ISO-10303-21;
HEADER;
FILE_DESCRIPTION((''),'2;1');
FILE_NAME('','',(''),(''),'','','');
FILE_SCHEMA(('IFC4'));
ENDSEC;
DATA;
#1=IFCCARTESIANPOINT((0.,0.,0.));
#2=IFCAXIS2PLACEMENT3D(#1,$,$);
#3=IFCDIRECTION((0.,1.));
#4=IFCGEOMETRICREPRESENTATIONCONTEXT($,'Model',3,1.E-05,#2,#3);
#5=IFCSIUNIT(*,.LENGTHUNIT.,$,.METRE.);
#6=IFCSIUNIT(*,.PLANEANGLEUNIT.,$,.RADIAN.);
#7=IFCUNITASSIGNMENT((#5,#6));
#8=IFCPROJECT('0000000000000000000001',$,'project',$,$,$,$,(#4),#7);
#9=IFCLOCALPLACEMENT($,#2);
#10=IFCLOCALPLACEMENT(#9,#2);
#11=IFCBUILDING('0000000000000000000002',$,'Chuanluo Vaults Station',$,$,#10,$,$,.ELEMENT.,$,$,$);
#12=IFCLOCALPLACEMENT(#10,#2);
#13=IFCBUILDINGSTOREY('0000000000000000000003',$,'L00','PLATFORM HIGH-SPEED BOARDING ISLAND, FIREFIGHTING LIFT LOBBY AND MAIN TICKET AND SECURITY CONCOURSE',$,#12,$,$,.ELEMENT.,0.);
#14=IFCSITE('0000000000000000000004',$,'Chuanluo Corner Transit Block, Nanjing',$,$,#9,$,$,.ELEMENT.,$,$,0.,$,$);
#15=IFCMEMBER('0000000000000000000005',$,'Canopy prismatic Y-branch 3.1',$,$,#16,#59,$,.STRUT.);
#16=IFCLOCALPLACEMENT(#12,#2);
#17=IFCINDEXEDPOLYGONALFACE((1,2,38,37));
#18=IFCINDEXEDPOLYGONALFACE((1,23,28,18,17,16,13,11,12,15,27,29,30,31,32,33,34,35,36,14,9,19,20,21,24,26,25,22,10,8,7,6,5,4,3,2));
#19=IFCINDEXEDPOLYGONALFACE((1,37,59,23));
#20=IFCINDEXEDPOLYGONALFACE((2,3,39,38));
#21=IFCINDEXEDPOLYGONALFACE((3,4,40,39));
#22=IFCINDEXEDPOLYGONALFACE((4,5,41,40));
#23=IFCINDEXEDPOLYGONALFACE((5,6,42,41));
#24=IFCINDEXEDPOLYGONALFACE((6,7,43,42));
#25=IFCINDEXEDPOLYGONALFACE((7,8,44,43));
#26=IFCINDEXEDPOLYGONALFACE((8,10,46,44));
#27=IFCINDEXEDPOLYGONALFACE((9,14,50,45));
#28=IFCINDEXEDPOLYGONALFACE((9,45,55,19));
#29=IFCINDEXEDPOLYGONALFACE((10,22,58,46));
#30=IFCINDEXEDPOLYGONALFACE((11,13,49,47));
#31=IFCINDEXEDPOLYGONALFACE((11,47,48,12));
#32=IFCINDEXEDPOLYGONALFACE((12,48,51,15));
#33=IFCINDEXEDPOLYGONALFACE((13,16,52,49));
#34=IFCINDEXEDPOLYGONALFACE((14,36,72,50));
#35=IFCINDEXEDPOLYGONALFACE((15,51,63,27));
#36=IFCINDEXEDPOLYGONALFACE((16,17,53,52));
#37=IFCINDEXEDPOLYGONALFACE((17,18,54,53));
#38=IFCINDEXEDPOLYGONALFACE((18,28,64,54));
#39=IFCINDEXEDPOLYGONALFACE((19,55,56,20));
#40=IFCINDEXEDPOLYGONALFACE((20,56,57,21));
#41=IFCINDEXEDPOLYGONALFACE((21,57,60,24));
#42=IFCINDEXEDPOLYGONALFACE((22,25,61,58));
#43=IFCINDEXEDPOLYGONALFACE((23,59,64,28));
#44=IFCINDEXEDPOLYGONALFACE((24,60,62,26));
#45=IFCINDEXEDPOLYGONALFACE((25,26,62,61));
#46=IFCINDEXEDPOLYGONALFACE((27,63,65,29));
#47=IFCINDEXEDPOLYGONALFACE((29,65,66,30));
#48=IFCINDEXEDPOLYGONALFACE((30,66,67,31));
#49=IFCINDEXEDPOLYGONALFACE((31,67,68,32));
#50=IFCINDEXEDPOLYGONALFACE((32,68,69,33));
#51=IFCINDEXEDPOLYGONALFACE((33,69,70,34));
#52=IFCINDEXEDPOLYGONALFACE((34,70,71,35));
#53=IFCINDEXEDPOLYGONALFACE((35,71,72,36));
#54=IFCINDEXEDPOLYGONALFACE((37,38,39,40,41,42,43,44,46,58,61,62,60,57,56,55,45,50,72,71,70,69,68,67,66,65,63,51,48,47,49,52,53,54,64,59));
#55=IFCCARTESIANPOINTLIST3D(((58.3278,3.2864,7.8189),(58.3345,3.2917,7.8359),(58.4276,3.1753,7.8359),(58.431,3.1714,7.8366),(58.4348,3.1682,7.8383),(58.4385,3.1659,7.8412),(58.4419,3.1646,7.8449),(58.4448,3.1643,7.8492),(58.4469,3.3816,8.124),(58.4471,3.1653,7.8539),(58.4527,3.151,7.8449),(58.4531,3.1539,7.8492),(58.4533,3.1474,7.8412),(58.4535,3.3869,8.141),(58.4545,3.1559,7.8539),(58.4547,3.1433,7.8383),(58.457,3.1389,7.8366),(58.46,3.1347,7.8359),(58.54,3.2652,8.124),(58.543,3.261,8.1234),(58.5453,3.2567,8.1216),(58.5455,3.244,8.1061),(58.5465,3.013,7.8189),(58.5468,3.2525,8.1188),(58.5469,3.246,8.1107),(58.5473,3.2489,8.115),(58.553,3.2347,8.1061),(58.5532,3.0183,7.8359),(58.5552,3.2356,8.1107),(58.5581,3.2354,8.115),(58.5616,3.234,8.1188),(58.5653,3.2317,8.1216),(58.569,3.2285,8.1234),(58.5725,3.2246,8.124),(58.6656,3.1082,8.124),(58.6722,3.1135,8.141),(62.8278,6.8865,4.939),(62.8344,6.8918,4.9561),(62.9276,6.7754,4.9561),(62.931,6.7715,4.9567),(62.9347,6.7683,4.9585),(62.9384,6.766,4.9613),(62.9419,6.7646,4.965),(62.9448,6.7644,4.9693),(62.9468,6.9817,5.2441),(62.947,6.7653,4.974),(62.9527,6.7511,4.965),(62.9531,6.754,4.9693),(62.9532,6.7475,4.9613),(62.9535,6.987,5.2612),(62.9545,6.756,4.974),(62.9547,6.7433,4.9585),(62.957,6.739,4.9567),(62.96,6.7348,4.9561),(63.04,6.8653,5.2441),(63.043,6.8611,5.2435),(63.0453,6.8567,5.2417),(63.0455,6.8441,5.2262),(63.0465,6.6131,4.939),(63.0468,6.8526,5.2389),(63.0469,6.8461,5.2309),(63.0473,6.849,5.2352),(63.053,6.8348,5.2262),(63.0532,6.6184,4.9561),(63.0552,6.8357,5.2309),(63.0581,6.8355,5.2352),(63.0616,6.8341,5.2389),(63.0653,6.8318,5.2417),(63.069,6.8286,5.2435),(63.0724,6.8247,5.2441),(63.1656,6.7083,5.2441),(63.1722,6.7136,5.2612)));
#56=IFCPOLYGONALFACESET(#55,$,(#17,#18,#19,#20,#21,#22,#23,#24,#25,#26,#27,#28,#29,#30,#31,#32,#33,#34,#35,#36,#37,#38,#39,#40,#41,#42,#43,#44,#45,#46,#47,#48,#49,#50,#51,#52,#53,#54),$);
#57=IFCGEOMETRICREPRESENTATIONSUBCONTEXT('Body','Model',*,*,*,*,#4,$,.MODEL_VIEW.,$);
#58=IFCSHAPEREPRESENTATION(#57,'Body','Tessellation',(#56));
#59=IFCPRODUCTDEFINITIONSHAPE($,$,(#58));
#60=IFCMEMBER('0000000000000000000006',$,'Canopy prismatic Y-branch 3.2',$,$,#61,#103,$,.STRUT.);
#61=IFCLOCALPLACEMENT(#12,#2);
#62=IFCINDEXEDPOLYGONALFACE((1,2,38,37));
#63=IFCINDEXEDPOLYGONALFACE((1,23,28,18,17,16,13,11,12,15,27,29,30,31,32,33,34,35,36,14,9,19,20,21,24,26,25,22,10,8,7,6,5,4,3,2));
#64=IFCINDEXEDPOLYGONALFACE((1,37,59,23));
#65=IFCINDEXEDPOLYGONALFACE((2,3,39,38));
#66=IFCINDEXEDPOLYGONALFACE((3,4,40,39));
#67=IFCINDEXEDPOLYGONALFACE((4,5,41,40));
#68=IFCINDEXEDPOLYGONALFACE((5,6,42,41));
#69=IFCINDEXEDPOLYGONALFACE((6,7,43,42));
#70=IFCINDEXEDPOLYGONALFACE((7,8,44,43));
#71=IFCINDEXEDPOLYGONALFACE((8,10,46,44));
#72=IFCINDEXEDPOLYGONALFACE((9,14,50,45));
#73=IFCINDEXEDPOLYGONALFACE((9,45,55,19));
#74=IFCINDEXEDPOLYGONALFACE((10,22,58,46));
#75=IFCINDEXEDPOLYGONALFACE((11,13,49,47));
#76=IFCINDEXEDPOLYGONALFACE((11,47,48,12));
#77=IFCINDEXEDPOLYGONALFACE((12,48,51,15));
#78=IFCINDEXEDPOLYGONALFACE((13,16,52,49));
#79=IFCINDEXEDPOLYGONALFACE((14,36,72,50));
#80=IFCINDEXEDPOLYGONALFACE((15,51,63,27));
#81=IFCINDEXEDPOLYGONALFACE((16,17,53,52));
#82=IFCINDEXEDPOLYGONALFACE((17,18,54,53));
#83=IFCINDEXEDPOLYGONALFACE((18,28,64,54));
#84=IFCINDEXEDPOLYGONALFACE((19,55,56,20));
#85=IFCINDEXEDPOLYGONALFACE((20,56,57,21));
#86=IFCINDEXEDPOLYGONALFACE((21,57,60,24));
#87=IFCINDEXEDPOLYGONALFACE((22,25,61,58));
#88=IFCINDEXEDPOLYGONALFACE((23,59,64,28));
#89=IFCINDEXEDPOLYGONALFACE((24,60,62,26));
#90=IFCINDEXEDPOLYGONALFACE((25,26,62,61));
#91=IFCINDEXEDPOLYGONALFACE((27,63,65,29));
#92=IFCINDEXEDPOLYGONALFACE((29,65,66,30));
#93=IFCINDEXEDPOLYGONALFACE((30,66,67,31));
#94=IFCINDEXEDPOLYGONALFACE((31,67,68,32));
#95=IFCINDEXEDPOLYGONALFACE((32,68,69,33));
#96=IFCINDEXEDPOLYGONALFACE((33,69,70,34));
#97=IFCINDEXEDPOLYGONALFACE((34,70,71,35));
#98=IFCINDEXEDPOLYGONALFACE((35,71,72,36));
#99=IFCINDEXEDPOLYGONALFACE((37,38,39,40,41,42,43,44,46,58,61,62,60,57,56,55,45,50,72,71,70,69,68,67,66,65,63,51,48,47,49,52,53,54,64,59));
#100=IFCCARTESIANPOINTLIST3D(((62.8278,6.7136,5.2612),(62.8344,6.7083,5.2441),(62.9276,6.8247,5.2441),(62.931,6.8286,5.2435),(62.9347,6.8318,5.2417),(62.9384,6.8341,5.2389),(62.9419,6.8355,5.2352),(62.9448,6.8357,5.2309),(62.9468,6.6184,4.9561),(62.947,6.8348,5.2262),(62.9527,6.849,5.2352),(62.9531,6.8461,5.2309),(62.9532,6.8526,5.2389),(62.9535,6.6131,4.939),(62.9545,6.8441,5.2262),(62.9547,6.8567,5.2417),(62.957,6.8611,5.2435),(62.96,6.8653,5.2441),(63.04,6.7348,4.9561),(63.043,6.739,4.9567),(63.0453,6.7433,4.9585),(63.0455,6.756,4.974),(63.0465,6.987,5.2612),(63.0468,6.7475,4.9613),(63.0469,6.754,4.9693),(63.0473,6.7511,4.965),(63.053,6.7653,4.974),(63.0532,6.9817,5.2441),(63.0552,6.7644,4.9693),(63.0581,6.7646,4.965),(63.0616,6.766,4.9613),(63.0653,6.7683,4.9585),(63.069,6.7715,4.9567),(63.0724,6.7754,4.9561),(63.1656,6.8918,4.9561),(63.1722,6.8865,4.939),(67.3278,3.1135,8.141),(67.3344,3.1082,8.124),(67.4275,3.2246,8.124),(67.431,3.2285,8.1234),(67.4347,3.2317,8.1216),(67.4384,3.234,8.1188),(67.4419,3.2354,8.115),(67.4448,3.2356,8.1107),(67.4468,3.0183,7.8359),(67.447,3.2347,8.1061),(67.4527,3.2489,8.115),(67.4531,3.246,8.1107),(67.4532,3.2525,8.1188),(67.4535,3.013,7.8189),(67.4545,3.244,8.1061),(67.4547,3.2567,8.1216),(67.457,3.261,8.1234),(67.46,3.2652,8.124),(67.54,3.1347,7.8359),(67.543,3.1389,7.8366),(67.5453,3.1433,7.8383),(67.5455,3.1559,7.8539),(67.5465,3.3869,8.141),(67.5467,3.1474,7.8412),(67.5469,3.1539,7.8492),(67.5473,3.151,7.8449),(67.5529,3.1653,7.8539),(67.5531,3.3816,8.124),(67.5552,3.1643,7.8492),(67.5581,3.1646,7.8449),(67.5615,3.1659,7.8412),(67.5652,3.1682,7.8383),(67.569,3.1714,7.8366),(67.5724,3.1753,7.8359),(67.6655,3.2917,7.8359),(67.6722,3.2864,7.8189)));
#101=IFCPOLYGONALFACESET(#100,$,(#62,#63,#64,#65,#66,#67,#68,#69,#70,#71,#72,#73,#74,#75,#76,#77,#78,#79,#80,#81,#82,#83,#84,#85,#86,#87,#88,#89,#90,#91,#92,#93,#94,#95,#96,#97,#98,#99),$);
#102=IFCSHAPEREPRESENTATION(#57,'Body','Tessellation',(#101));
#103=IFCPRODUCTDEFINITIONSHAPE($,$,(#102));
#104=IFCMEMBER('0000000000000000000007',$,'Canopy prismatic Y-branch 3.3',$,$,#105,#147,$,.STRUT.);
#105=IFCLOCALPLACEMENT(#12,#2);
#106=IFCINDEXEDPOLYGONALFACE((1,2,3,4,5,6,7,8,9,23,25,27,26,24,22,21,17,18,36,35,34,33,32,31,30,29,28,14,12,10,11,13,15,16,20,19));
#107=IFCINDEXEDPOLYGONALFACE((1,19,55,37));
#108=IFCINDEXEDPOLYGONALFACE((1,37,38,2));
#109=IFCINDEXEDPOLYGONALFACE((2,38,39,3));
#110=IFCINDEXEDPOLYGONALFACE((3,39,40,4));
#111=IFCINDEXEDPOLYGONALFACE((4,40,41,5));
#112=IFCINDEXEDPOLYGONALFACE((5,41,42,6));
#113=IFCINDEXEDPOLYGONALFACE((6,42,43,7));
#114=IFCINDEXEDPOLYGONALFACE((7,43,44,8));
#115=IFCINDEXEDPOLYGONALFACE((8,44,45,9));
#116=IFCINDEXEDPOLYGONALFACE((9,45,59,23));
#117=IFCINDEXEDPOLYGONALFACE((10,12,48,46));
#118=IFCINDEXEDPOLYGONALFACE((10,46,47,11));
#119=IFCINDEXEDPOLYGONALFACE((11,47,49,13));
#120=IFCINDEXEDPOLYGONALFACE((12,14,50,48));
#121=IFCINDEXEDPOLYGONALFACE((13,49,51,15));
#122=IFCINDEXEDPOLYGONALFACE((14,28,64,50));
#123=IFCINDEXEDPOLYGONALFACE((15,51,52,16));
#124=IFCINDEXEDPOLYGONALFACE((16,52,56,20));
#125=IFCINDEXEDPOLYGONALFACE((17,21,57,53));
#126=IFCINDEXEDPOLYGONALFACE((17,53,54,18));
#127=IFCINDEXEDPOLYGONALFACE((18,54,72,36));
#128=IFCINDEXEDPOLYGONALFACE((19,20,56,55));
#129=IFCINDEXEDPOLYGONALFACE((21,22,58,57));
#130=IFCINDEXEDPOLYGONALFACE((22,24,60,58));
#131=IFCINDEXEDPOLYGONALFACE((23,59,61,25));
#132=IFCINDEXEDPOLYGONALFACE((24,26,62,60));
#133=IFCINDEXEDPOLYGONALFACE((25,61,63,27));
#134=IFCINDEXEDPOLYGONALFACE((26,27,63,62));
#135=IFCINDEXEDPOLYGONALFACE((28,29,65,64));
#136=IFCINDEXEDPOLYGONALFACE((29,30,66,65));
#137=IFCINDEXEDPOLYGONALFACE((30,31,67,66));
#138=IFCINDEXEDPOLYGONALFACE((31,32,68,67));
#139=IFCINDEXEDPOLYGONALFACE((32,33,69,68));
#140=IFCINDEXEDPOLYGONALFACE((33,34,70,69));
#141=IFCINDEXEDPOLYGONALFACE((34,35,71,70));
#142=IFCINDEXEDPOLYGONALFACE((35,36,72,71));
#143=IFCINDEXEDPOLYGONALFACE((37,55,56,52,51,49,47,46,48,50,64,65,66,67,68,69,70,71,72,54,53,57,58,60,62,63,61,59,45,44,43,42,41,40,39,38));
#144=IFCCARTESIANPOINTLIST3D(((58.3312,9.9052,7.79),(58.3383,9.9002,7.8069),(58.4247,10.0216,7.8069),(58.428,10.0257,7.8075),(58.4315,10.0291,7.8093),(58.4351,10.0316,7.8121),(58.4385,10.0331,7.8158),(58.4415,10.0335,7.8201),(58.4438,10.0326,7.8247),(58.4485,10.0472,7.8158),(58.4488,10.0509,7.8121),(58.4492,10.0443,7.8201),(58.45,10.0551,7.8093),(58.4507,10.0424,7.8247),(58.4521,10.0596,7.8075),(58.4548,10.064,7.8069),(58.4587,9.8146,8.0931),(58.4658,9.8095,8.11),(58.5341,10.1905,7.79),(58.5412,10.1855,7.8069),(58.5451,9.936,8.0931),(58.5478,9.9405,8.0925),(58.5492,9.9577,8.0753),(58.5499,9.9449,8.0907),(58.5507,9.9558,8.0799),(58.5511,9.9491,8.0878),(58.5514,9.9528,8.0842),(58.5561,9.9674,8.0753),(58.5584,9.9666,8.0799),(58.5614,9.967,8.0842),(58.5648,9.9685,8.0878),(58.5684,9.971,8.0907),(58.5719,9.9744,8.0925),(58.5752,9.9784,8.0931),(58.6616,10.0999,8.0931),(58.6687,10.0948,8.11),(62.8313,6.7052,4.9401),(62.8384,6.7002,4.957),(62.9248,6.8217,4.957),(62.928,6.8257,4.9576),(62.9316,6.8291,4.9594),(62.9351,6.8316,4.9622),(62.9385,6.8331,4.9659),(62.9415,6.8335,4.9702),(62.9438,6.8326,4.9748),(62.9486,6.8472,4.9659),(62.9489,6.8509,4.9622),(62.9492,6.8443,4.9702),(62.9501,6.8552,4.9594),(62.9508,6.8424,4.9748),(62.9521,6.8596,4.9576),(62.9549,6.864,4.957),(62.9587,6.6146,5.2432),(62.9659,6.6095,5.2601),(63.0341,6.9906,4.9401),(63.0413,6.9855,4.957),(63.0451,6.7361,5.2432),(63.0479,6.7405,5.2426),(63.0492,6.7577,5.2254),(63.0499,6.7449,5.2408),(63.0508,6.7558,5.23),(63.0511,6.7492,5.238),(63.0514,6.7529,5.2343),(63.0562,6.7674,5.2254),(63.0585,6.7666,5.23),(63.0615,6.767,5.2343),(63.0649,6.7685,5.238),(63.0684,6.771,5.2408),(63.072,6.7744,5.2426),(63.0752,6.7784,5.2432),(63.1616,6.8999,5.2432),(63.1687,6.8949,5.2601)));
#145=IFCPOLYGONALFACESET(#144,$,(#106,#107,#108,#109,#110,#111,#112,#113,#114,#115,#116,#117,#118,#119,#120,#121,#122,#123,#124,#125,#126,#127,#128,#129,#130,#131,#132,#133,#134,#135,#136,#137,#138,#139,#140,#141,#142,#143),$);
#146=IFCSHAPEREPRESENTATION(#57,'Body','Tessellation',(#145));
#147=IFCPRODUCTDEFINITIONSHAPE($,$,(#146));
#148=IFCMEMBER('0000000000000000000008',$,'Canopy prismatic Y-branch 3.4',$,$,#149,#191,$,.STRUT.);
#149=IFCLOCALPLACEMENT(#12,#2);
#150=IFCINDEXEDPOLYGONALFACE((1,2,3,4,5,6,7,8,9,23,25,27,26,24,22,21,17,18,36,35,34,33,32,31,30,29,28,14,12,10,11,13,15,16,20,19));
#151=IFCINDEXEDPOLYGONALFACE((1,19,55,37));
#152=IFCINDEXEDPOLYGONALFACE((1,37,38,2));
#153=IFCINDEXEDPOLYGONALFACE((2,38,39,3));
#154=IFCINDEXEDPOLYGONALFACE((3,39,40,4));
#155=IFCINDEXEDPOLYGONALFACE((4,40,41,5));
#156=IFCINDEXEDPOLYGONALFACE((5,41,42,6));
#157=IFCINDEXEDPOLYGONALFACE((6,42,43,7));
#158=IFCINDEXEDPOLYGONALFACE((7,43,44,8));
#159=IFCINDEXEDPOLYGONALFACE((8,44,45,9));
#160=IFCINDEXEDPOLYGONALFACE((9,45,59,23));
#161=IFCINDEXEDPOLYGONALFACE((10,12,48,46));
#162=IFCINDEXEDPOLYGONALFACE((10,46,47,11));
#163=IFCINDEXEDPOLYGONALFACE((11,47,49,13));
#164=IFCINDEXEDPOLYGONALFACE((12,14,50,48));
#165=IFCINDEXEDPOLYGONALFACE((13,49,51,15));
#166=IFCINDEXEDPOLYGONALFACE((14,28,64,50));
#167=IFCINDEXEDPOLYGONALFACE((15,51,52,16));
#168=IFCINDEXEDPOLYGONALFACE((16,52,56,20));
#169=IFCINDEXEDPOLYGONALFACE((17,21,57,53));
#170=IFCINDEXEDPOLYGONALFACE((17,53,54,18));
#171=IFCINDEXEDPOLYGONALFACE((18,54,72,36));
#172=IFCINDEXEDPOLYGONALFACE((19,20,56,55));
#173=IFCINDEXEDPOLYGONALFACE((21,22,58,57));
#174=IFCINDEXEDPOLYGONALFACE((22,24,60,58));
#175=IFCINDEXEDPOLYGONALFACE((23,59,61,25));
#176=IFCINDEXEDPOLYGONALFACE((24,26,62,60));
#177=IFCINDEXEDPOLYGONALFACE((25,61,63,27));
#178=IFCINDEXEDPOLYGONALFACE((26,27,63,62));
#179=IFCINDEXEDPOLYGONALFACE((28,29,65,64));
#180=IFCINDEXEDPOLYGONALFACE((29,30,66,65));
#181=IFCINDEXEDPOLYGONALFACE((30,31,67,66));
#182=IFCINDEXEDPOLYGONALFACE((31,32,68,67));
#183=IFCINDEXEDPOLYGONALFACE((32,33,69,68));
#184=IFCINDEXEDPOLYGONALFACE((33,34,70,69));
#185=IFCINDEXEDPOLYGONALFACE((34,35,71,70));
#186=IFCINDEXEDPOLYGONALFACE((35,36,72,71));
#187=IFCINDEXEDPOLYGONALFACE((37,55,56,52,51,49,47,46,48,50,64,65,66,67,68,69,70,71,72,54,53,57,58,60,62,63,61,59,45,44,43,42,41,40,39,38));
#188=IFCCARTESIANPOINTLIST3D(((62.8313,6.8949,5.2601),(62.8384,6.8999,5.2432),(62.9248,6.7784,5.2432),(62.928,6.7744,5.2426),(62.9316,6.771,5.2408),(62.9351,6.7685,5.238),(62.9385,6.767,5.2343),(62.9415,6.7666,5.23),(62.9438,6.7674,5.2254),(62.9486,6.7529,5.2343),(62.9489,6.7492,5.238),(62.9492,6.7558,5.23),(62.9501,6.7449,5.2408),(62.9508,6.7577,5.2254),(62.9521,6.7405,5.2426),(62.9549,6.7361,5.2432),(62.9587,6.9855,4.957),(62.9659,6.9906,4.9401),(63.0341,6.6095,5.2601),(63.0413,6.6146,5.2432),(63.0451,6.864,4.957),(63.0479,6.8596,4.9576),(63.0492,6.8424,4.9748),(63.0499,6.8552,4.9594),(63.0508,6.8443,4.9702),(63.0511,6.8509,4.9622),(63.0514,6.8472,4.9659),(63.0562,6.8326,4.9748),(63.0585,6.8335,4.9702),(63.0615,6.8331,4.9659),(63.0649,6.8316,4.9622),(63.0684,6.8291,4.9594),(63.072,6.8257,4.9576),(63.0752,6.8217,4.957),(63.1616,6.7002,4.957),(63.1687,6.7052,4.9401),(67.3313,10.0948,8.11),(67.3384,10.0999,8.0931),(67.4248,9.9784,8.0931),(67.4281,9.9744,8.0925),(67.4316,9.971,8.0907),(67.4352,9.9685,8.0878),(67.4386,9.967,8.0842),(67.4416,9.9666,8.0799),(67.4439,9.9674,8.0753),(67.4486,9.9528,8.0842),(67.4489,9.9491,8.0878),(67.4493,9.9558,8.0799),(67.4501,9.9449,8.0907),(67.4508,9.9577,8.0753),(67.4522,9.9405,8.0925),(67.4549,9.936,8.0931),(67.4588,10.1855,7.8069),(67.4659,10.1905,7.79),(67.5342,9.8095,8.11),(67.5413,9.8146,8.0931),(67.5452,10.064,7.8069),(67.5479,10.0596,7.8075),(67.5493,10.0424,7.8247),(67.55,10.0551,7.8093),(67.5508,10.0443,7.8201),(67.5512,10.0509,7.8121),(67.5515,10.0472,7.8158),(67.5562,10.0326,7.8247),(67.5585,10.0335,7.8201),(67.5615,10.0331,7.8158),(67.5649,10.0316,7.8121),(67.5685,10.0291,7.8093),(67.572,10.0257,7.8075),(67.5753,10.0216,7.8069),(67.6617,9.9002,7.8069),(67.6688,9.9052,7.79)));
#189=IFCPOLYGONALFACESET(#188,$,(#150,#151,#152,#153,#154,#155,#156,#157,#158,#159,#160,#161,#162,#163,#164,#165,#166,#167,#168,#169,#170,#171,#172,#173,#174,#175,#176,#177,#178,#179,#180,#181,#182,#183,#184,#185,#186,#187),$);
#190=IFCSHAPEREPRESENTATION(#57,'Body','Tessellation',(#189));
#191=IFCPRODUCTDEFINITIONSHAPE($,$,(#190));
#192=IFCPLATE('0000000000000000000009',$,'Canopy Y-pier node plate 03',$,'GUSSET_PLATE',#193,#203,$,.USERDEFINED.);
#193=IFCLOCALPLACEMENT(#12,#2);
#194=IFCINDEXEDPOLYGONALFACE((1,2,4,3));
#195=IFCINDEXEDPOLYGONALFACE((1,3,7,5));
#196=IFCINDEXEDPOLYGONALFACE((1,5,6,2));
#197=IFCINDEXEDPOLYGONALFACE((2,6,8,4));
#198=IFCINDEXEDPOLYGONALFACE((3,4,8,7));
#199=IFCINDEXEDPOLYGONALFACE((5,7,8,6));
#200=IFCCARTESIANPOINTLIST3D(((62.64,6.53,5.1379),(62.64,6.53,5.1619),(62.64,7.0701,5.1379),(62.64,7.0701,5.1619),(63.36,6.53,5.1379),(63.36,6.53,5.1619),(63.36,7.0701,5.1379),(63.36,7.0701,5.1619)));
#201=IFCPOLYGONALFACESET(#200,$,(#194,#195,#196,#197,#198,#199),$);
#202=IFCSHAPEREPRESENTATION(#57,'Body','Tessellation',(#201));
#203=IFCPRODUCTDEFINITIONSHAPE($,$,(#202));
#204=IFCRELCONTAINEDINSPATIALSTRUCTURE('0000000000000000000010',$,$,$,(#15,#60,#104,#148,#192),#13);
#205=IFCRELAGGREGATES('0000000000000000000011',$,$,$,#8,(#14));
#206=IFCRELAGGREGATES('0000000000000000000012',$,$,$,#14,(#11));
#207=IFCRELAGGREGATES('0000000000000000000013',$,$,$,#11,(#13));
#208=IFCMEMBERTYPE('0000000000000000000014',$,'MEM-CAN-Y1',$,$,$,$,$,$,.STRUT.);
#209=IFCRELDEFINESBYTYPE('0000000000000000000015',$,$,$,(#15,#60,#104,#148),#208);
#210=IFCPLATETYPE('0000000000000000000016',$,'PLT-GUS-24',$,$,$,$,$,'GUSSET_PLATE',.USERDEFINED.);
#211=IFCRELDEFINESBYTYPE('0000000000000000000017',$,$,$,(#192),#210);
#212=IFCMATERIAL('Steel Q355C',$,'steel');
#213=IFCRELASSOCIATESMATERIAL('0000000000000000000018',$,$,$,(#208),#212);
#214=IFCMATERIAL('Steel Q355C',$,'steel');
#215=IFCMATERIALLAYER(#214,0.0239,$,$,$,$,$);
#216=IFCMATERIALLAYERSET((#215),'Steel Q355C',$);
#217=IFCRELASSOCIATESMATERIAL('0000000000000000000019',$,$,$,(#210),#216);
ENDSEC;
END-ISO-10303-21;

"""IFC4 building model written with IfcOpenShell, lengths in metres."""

from ifc_helpers import new_model, si_unit, direction, frame, origin, origin_2d, place, context, subcontext, project, spatial, rectangle, i_section, extrude, material, layer, layer_set, material_profile, profile_set, type_object, element, save


model = new_model("IFC4")

# Units and contexts
model_context = context("Model", 3, precision=1e-05, world=origin(), true_north=direction((0.0, 1.0)))
body_context = subcontext(model_context, "Body", "Model", "MODEL_VIEW")
ifc_project = project(units=[si_unit("LENGTHUNIT", "METRE"), si_unit("PLANEANGLEUNIT", "RADIAN")], contexts=[model_context])

# Site, building, storey
site_placement = place(None, origin())
site = spatial("IfcSite", under=ifc_project, at=site_placement, Name="Chuanluo Corner Transit Block, Nanjing", CompositionType="ELEMENT", RefElevation=0.0)
building_placement = place(site_placement, origin())
building = spatial("IfcBuilding", under=site, at=building_placement, Name="Chuanluo Vaults Station", CompositionType="ELEMENT")
storey_placement = place(building_placement, origin())
storey = spatial("IfcBuildingStorey", under=building, at=storey_placement, Name="L00", Description="PLATFORM HIGH-SPEED BOARDING ISLAND, FIREFIGHTING LIFT LOBBY AND MAIN TICKET AND SECURITY CONCOURSE", CompositionType="ELEMENT", Elevation=0.0)

# Members
ifc_material_1 = material(Name="Steel Q355C", Category="steel")
ifc_material_profile_1 = material_profile(ifc_material_1, i_section(OverallWidth=0.3501, OverallDepth=0.3601, WebThickness=0.012, FlangeThickness=0.019, FilletRadius=0.02, at=origin_2d()))
ifc_profile_set_1 = profile_set([ifc_material_profile_1], Name="Steel Q355C")
member_type = type_object("IfcMemberType", Name="MEM-CAN-Y1", PredefinedType="STRUT", material=ifc_profile_set_1)
for number, where, z_axis, x_axis, name in (
    (1, (63.0, 6.8, 5.1001), (-0.698498, -0.558814, 0.447021), (0.624705, -0.780861, 0.0), "Canopy prismatic Y-branch 3.1"),
    (2, (63.0, 6.8, 5.1001), (0.698498, -0.558814, 0.447021), (0.624705, 0.780861, 0.0), "Canopy prismatic Y-branch 3.2"),
):
    element("IfcMember", number, at=place(storey_placement, frame(where, z_axis=z_axis, x_axis=x_axis)), inside=storey, type_object=member_type, Name=name, PredefinedType="STRUT", context=body_context, shape_type="SweptSolid", body=[
        extrude(i_section(OverallWidth=0.3501, OverallDepth=0.3601, WebThickness=0.012, FlangeThickness=0.019, FilletRadius=0.02, at=origin_2d()), origin(), (0.0, 0.0, 1.0), 6.4424),
    ])
for number, where, z_axis, x_axis, name in (
    (3, (63.0, 6.8, 5.1001), (-0.724194, 0.514975, 0.458633), (-0.579518, -0.81496, 0.0), "Canopy prismatic Y-branch 3.3"),
    (4, (63.0, 6.8, 5.1001), (0.724194, 0.514975, 0.458633), (-0.579518, 0.81496, 0.0), "Canopy prismatic Y-branch 3.4"),
):
    element("IfcMember", number, at=place(storey_placement, frame(where, z_axis=z_axis, x_axis=x_axis)), inside=storey, type_object=member_type, Name=name, PredefinedType="STRUT", context=body_context, shape_type="SweptSolid", body=[
        extrude(i_section(OverallWidth=0.3501, OverallDepth=0.3601, WebThickness=0.012, FlangeThickness=0.019, FilletRadius=0.02, at=origin_2d()), origin(), (0.0, 0.0, 1.0), 6.2139),
    ])

# Plate
ifc_material_2 = material(Name="Steel Q355C", Category="steel")
ifc_layer_1 = layer(ifc_material_2, 0.0239)
ifc_layer_set_1 = layer_set([ifc_layer_1], Name="Steel Q355C")
plate_type = type_object("IfcPlateType", Name="PLT-GUS-24", ElementType="GUSSET_PLATE", PredefinedType="USERDEFINED", material=ifc_layer_set_1)
plate_placement = place(storey_placement, frame((63.0, 6.8, 5.1379), z_axis=(0.0, 0.0, 1.0), x_axis=(1.0, 0.0, 0.0)))
element("IfcPlate", 5, at=plate_placement, inside=storey, type_object=plate_type, Name="Canopy Y-pier node plate 03", ObjectType="GUSSET_PLATE", PredefinedType="USERDEFINED", context=body_context, shape_type="SweptSolid", body=[
    extrude(rectangle(XDim=0.72, YDim=0.54, at=origin_2d()), origin(), (0.0, 0.0, 1.0), 0.0239),
])

save(model, "model.ifc")
